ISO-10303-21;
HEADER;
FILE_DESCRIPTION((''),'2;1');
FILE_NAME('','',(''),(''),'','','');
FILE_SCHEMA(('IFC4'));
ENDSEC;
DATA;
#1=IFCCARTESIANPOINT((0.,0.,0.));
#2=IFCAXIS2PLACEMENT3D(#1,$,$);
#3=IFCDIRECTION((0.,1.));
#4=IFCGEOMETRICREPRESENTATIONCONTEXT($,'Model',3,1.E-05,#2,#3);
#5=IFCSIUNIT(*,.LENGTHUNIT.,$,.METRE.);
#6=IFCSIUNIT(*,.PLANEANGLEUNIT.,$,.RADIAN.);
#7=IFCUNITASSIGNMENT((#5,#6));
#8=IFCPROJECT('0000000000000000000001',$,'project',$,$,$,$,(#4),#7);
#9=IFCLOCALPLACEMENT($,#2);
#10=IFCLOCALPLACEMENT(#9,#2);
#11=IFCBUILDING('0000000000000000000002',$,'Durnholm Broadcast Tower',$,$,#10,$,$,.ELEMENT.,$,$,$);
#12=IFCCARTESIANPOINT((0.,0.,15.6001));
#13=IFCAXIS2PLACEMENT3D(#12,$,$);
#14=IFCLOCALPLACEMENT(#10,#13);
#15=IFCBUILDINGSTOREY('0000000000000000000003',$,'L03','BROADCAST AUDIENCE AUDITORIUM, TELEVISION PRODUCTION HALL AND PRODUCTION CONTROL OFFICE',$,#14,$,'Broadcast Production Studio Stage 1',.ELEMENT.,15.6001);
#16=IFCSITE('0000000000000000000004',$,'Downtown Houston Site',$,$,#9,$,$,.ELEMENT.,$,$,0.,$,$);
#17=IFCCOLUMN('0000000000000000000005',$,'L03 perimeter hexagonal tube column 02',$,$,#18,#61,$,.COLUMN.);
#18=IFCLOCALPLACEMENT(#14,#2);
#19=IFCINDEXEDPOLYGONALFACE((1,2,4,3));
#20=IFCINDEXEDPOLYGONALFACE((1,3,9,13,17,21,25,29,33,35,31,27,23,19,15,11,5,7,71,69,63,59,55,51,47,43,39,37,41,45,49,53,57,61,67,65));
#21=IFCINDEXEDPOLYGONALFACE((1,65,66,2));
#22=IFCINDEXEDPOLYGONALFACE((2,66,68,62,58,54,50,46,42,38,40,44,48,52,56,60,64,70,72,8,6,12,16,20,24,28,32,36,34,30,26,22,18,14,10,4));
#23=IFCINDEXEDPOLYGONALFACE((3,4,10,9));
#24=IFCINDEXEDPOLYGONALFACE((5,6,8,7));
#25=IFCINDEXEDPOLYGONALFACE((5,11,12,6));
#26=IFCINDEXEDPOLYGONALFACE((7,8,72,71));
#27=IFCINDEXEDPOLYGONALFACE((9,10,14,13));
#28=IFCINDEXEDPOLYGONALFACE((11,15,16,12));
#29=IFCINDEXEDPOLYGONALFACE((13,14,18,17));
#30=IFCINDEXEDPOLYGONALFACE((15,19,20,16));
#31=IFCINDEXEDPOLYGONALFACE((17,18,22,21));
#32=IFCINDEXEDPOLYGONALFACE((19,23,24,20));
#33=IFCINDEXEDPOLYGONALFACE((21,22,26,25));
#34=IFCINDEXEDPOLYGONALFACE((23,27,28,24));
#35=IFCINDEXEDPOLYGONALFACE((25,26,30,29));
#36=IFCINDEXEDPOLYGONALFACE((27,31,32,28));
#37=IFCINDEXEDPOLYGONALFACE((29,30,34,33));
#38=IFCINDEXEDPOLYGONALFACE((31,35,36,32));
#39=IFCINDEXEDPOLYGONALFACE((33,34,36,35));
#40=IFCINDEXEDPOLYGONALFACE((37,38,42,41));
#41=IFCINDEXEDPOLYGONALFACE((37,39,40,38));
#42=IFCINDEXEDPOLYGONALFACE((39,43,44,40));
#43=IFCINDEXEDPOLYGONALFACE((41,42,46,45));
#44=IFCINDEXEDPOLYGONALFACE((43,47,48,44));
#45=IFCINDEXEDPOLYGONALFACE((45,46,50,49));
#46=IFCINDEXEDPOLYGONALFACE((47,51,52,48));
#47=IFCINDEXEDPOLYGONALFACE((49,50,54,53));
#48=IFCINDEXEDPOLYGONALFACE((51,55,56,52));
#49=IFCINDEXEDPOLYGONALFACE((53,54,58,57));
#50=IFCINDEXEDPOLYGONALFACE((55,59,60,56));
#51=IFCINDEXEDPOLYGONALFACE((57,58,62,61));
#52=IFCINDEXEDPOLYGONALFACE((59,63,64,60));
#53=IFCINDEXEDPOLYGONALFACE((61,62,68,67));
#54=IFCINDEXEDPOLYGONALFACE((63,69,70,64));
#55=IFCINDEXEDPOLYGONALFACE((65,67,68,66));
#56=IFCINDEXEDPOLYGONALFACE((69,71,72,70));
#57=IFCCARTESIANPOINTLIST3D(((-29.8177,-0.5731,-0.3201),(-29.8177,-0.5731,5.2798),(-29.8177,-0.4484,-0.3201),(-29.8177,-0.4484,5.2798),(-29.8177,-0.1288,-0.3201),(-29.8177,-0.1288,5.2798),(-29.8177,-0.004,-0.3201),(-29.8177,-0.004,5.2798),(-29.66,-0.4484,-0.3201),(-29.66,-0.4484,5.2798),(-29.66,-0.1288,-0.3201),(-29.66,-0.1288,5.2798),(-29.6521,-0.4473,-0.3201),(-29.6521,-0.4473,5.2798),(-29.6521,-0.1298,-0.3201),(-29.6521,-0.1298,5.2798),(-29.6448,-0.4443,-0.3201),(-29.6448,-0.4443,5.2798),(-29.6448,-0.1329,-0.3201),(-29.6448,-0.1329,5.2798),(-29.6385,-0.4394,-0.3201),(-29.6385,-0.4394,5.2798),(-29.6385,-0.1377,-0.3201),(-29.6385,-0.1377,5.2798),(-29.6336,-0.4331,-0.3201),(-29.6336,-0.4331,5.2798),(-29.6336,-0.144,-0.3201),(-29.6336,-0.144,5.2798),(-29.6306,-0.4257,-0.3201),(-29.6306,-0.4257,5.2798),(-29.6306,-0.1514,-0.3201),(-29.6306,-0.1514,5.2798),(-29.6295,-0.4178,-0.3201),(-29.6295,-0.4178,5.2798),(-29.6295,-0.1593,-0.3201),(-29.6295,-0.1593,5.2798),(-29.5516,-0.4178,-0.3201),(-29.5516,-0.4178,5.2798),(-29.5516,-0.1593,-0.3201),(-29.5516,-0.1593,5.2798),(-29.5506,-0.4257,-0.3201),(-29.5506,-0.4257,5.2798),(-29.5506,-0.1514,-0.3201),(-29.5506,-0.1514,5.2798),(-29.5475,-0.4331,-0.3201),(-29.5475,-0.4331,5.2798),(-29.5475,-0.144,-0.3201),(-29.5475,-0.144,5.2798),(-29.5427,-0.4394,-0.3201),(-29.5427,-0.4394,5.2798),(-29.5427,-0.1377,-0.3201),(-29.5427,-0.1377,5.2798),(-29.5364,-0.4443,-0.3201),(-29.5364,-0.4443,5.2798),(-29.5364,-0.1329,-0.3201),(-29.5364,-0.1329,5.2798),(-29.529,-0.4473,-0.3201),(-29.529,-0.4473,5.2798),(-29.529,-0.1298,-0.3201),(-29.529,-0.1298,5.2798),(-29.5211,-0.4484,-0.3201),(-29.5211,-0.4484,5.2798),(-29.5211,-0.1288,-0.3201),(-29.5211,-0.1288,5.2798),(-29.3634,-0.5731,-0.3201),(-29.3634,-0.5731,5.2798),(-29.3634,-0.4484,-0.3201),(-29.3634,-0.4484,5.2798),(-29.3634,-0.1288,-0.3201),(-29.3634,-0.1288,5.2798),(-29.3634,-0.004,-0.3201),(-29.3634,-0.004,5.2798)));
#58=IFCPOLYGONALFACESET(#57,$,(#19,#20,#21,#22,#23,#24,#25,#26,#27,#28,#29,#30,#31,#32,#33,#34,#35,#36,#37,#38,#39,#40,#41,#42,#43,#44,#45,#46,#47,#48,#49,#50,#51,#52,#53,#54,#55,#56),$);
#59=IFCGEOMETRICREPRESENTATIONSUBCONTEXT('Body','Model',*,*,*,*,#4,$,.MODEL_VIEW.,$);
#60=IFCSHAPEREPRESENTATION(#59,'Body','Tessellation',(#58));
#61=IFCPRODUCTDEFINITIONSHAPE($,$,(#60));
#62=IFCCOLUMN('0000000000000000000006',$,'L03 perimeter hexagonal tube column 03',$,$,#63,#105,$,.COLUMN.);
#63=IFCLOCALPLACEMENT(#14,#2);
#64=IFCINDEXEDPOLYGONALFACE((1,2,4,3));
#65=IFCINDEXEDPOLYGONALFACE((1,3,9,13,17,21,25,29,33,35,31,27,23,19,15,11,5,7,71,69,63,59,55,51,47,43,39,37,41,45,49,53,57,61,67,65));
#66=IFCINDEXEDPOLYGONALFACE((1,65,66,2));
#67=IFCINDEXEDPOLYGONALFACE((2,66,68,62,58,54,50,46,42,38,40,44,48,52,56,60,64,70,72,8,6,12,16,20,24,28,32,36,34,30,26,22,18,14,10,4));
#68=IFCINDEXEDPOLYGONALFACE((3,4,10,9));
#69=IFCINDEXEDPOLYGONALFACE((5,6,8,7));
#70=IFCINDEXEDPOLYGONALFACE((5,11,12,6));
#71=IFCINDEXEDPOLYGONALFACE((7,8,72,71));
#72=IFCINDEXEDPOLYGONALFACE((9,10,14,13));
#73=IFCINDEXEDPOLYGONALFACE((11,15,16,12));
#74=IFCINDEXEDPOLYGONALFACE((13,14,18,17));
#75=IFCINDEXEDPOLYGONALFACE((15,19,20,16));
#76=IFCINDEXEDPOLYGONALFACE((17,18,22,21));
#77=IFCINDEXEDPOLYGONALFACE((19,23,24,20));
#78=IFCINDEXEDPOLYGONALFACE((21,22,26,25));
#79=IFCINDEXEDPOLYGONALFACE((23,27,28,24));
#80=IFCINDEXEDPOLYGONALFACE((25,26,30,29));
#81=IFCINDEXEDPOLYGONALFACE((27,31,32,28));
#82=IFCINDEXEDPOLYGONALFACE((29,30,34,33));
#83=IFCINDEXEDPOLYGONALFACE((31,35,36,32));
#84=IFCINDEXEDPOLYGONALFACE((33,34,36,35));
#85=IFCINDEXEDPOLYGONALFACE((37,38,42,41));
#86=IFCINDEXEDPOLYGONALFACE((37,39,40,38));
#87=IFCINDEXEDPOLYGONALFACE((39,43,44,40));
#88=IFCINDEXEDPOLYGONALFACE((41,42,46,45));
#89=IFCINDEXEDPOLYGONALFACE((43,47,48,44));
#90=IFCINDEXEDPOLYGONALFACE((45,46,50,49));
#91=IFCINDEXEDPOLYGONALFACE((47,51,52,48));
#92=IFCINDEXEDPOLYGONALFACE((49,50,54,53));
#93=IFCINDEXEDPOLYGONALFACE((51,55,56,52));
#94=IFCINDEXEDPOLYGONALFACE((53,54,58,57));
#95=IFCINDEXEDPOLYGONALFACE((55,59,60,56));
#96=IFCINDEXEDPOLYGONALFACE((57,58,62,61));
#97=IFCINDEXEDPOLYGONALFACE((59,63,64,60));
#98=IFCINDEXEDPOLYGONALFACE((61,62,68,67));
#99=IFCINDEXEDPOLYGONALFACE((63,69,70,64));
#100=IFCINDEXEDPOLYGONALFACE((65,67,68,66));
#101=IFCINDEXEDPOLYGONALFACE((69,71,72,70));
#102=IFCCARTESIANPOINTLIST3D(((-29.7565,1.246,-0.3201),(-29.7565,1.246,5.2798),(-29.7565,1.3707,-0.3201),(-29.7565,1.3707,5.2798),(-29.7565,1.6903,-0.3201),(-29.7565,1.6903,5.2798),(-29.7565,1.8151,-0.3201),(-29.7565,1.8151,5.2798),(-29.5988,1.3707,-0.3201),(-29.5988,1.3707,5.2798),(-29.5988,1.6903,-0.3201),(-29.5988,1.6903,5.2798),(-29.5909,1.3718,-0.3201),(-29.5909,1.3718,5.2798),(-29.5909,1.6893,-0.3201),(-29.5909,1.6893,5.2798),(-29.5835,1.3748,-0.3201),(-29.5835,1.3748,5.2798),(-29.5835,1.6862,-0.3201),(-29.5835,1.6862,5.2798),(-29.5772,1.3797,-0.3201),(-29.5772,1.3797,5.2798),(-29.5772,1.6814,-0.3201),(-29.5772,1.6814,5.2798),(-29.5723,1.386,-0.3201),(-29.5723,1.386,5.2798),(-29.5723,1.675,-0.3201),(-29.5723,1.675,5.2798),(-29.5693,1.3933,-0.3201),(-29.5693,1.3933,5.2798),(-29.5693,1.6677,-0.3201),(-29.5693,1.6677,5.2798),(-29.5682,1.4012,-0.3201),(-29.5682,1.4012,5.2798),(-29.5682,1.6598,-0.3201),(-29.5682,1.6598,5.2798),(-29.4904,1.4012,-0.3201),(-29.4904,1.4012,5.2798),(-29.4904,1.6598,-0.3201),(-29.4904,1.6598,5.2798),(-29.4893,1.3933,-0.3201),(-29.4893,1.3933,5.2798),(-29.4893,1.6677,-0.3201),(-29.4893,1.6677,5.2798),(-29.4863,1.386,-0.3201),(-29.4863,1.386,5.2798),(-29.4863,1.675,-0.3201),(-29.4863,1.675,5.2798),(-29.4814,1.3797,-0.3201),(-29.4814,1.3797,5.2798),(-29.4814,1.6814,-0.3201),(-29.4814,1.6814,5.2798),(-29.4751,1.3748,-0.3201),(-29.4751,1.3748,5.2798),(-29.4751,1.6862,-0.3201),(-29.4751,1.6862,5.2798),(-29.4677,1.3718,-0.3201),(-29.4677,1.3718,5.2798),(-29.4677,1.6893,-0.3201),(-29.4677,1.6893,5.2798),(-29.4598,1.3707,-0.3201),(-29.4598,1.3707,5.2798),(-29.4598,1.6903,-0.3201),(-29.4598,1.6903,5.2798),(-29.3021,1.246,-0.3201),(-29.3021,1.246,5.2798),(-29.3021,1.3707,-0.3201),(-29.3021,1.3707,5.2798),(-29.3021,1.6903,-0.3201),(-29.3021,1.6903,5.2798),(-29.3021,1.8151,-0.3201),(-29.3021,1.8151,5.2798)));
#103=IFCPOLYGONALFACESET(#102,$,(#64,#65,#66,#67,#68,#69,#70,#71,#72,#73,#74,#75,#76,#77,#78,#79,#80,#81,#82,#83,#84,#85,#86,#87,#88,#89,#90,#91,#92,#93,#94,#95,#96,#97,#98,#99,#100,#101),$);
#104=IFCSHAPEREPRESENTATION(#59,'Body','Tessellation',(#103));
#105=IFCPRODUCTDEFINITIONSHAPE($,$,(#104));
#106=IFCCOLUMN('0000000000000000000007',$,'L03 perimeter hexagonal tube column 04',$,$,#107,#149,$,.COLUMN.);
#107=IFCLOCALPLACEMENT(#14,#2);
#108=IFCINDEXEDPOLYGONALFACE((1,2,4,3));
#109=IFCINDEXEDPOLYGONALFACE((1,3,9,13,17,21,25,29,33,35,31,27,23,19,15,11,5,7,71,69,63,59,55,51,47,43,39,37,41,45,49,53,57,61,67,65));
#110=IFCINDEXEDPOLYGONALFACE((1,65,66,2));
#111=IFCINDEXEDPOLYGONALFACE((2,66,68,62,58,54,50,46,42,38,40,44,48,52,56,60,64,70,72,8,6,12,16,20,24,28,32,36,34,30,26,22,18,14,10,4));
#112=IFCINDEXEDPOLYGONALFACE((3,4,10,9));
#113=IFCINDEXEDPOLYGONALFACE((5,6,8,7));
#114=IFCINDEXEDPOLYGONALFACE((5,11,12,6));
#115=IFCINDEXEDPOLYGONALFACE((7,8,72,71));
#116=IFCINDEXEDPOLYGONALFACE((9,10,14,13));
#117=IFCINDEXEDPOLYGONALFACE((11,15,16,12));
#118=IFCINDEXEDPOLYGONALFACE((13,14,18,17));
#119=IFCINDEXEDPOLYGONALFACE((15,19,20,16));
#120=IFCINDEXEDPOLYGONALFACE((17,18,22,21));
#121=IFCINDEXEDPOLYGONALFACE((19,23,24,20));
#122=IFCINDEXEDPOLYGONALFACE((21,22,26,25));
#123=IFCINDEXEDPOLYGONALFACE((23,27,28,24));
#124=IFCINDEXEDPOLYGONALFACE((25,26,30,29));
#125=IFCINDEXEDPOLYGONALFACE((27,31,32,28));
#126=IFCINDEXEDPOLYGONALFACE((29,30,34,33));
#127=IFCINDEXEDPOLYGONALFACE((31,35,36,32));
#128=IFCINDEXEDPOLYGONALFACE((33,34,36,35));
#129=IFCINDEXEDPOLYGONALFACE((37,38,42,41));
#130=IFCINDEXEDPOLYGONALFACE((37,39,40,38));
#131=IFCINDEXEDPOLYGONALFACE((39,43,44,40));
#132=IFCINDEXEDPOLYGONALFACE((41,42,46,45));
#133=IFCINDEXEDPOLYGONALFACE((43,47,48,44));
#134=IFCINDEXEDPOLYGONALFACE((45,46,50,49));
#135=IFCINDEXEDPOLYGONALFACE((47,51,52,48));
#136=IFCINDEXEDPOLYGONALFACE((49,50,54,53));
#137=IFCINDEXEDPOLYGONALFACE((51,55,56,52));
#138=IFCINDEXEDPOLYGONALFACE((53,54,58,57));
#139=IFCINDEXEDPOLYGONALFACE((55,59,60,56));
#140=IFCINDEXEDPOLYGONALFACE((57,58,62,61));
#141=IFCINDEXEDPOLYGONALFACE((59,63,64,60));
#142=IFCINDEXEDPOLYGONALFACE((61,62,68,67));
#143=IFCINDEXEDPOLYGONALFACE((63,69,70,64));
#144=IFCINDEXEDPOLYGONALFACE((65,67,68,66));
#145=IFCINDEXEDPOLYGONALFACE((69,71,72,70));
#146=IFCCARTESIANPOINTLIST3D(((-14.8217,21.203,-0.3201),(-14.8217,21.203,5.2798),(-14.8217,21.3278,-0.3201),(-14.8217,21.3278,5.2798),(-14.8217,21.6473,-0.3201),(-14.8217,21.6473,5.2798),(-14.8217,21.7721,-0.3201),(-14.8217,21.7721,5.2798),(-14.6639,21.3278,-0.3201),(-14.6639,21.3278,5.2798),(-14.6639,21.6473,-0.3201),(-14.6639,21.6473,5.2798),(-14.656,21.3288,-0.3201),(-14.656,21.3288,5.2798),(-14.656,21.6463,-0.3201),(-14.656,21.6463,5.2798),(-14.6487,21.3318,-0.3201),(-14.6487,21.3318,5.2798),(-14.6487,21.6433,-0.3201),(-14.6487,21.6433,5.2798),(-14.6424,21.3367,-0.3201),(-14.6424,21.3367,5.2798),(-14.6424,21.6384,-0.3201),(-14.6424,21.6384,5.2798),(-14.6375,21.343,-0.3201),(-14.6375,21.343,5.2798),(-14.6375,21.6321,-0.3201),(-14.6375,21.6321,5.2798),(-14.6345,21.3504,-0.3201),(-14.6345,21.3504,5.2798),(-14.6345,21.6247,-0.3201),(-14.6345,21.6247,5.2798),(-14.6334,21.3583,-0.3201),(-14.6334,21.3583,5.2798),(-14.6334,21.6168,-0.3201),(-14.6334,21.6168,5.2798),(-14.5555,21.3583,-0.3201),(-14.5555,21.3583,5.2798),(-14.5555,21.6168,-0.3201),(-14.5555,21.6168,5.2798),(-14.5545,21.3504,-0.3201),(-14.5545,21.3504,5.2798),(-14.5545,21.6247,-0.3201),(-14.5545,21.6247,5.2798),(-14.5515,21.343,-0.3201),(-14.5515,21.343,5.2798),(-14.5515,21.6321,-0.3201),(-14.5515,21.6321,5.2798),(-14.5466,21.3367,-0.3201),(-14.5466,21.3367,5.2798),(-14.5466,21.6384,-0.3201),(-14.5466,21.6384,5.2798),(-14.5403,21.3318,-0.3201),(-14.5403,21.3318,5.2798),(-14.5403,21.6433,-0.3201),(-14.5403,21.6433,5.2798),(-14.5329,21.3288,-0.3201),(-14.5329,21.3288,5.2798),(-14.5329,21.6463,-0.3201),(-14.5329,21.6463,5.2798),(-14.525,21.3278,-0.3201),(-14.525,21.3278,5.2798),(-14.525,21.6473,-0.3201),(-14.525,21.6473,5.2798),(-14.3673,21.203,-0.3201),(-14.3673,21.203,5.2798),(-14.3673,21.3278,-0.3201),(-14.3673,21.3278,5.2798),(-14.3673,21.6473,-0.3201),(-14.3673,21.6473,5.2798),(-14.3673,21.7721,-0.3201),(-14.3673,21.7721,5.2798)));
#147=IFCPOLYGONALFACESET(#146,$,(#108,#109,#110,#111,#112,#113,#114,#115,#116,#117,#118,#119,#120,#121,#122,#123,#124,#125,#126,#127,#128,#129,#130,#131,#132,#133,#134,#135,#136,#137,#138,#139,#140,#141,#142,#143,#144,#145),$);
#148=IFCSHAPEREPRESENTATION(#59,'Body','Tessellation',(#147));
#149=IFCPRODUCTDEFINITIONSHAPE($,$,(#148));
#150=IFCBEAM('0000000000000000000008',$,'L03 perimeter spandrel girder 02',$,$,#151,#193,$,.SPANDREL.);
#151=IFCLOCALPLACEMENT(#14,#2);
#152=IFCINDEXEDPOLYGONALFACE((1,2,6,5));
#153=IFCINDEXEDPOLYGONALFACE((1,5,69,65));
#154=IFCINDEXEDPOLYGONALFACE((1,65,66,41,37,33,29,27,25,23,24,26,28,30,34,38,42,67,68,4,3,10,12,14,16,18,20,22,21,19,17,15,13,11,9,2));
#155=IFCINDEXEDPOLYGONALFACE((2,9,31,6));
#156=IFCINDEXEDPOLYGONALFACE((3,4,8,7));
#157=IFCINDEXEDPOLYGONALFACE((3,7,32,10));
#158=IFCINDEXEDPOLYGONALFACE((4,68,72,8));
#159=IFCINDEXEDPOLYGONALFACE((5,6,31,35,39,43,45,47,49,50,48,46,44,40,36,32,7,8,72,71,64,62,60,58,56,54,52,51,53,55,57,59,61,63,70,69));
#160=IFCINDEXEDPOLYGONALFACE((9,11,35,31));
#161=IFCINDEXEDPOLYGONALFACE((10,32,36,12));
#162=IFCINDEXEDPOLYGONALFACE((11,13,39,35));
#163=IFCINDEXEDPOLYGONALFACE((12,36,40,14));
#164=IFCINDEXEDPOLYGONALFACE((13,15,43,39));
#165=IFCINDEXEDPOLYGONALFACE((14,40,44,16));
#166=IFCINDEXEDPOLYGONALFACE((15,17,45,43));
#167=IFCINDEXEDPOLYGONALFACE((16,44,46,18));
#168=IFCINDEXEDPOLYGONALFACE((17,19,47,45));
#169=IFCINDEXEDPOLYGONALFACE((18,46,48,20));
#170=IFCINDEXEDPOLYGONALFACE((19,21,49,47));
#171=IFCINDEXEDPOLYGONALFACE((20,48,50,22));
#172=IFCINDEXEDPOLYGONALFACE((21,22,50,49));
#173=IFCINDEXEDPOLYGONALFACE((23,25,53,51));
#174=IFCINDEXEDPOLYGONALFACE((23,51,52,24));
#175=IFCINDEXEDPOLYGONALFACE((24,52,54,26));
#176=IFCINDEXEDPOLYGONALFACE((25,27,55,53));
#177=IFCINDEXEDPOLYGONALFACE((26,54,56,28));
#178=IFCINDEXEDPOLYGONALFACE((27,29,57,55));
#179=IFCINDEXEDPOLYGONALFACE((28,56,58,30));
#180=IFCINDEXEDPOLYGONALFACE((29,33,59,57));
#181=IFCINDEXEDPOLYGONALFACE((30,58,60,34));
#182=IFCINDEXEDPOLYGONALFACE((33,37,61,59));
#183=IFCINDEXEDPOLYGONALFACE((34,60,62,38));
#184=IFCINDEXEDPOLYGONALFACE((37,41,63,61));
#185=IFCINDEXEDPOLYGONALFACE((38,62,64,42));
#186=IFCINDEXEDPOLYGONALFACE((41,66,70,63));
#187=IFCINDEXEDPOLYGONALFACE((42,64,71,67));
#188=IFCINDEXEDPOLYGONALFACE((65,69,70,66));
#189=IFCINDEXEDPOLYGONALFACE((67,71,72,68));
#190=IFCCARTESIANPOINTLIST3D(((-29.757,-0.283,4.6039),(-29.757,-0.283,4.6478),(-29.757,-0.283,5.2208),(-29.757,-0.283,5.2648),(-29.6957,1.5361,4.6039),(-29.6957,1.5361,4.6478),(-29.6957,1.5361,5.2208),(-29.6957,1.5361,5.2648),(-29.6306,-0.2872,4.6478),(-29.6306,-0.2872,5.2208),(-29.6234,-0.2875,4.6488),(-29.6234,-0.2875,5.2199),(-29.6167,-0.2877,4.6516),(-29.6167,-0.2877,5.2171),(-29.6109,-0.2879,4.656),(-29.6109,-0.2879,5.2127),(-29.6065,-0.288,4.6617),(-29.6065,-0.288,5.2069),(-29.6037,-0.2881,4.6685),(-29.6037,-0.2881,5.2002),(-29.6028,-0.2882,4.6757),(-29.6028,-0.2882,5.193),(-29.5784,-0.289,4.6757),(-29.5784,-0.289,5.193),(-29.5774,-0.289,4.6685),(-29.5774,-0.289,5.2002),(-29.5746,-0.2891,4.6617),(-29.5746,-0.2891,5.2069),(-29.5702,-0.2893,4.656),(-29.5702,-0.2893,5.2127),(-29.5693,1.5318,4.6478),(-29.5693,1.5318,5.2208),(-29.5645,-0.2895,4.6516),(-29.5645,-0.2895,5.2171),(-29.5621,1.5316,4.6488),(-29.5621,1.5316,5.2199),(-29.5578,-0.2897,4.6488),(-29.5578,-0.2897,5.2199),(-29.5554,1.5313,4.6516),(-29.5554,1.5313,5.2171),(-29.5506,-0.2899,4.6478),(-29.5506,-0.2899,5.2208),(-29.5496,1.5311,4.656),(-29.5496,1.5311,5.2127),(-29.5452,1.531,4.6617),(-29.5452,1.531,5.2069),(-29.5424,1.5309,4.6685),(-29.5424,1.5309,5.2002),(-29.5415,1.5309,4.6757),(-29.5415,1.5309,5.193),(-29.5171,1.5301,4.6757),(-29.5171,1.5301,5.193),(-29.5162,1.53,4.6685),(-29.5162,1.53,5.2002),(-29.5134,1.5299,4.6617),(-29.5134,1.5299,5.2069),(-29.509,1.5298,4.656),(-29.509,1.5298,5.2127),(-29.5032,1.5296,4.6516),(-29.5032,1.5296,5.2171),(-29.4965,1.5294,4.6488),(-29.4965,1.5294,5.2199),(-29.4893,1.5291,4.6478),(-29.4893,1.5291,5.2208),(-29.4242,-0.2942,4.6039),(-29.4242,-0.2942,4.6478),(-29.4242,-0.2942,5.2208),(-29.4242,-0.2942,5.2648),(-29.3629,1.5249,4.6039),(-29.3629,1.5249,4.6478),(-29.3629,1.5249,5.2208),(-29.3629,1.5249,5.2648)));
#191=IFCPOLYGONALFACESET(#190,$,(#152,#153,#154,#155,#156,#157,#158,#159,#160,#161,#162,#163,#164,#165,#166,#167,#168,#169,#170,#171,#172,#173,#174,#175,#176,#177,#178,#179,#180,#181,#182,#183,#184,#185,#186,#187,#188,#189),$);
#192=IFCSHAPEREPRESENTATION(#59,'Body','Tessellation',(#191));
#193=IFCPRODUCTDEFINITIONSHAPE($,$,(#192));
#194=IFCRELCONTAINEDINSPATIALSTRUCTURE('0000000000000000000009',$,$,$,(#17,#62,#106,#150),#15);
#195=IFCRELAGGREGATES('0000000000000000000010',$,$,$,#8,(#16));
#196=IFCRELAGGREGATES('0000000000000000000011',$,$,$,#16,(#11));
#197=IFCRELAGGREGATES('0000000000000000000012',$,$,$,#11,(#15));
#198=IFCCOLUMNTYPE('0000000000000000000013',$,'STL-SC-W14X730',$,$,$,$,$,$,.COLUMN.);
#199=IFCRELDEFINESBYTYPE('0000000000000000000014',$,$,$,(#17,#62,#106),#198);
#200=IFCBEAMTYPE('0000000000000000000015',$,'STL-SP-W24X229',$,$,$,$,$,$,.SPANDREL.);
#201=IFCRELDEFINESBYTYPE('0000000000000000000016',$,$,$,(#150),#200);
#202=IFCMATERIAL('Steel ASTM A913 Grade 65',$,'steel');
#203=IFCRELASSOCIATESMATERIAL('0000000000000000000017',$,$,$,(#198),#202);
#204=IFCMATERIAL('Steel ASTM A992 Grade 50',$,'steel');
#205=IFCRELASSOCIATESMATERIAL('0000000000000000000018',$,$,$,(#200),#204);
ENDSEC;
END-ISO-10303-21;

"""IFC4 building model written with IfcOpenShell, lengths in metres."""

from ifc_helpers import new_model, si_unit, direction, frame, origin, origin_2d, place, context, subcontext, project, spatial, i_section, extrude, source, transform, mapped, material, material_profile, profile_set, type_object, type_shapes, element, save


model = new_model("IFC4")

# Units and contexts
model_context = context("Model", 3, precision=1e-05, world=origin(), true_north=direction((0.0, 1.0)))
body_context = subcontext(model_context, "Body", "Model", "MODEL_VIEW")
ifc_project = project(units=[si_unit("LENGTHUNIT", "METRE"), si_unit("PLANEANGLEUNIT", "RADIAN")], contexts=[model_context])

# Site, building, storey
site_placement = place(None, origin())
site = spatial("IfcSite", under=ifc_project, at=site_placement, Name="Downtown Houston Site", CompositionType="ELEMENT", RefElevation=0.0)
building_placement = place(site_placement, origin())
building = spatial("IfcBuilding", under=site, at=building_placement, Name="Durnholm Broadcast Tower", CompositionType="ELEMENT")
storey_placement = place(building_placement, frame((0.0, 0.0, 15.6001)))
storey = spatial("IfcBuildingStorey", under=building, at=storey_placement, Name="L03", Description="BROADCAST AUDIENCE AUDITORIUM, TELEVISION PRODUCTION HALL AND PRODUCTION CONTROL OFFICE", LongName="Broadcast Production Studio Stage 1", CompositionType="ELEMENT", Elevation=15.6001)

# Columns
ifc_material_1 = material(Name="Steel ASTM A913 Grade 65", Category="steel")
ifc_material_profile_1 = material_profile(ifc_material_1, i_section(OverallWidth=0.4543, OverallDepth=0.5691, WebThickness=0.0779, FlangeThickness=0.1248, FilletRadius=0.0305, at=origin_2d()), Name="W14X730")
ifc_profile_set_1 = profile_set([ifc_material_profile_1], Name="Steel ASTM A913 Grade 65")
column_type = type_object("IfcColumnType", Name="STL-SC-W14X730", PredefinedType="COLUMN", material=ifc_profile_set_1)
shared_shape_1 = source(origin(), body_context, "Body", "SweptSolid", [
    extrude(i_section(OverallWidth=0.4543, OverallDepth=0.5691, WebThickness=0.0779, FlangeThickness=0.1248, FilletRadius=0.0305, at=origin_2d()), origin(), (0.0, 0.0, 1.0), 5.5999),
])
type_shapes(column_type, [shared_shape_1])
for number, where, z_axis, x_axis, name in (
    (1, (-29.5906, -0.2886, -0.3201), (0.0, 0.0, 1.0), (1.0, 0.0, 0.0), "L03 perimeter hexagonal tube column 02"),
    (2, (-29.5293, 1.5305, -0.3201), (0.0, 0.0, 1.0), (1.0, 0.0, 0.0), "L03 perimeter hexagonal tube column 03"),
    (3, (-14.5945, 21.4875, -0.3201), (0.0, 0.0, 1.0), (1.0, 0.0, 0.0), "L03 perimeter hexagonal tube column 04"),
):
    element("IfcColumn", number, at=place(storey_placement, frame(where, z_axis=z_axis, x_axis=x_axis)), inside=storey, type_object=column_type, Name=name, PredefinedType="COLUMN", context=body_context, shape_type="MappedRepresentation", body=[
        mapped(shared_shape_1, transform((0.0, 0.0, 0.0), x_axis=(1.0, 0.0, 0.0), y_axis=(0.0, 1.0, 0.0), z_axis=(0.0, 0.0, 1.0), scale=1.0)),
    ])

# Beam
ifc_material_2 = material(Name="Steel ASTM A992 Grade 50", Category="steel")
ifc_material_profile_2 = material_profile(ifc_material_2, i_section(OverallWidth=0.333, OverallDepth=0.6609, WebThickness=0.0244, FlangeThickness=0.0439, FilletRadius=0.0278, at=origin_2d()), Name="W24X229")
ifc_profile_set_2 = profile_set([ifc_material_profile_2], Name="Steel ASTM A992 Grade 50")
beam_type_1 = type_object("IfcBeamType", Name="STL-SP-W24X229", PredefinedType="SPANDREL", material=ifc_profile_set_2)
shared_shape_2 = source(origin(), body_context, "Body", "SweptSolid", [
    extrude(i_section(OverallWidth=0.333, OverallDepth=0.6609, WebThickness=0.0244, FlangeThickness=0.0439, FilletRadius=0.0278, at=origin_2d()), origin(), (0.0, 0.0, 1.0), 1.8201),
])
beam_1_placement = place(storey_placement, frame((-29.5906, -0.2886, 4.9343), z_axis=(0.033668, 0.999433, 0.0), x_axis=(-0.999433, 0.033668, 0.0)))
element("IfcBeam", 4, at=beam_1_placement, inside=storey, type_object=beam_type_1, Name="L03 perimeter spandrel girder 02", PredefinedType="SPANDREL", context=body_context, shape_type="MappedRepresentation", body=[
    mapped(shared_shape_2, transform((0.0, 0.0, 0.0), x_axis=(1.0, 0.0, 0.0), y_axis=(0.0, 1.0, 0.0), z_axis=(0.0, 0.0, 1.0), scale=1.0)),
])

save(model, "model.ifc")
